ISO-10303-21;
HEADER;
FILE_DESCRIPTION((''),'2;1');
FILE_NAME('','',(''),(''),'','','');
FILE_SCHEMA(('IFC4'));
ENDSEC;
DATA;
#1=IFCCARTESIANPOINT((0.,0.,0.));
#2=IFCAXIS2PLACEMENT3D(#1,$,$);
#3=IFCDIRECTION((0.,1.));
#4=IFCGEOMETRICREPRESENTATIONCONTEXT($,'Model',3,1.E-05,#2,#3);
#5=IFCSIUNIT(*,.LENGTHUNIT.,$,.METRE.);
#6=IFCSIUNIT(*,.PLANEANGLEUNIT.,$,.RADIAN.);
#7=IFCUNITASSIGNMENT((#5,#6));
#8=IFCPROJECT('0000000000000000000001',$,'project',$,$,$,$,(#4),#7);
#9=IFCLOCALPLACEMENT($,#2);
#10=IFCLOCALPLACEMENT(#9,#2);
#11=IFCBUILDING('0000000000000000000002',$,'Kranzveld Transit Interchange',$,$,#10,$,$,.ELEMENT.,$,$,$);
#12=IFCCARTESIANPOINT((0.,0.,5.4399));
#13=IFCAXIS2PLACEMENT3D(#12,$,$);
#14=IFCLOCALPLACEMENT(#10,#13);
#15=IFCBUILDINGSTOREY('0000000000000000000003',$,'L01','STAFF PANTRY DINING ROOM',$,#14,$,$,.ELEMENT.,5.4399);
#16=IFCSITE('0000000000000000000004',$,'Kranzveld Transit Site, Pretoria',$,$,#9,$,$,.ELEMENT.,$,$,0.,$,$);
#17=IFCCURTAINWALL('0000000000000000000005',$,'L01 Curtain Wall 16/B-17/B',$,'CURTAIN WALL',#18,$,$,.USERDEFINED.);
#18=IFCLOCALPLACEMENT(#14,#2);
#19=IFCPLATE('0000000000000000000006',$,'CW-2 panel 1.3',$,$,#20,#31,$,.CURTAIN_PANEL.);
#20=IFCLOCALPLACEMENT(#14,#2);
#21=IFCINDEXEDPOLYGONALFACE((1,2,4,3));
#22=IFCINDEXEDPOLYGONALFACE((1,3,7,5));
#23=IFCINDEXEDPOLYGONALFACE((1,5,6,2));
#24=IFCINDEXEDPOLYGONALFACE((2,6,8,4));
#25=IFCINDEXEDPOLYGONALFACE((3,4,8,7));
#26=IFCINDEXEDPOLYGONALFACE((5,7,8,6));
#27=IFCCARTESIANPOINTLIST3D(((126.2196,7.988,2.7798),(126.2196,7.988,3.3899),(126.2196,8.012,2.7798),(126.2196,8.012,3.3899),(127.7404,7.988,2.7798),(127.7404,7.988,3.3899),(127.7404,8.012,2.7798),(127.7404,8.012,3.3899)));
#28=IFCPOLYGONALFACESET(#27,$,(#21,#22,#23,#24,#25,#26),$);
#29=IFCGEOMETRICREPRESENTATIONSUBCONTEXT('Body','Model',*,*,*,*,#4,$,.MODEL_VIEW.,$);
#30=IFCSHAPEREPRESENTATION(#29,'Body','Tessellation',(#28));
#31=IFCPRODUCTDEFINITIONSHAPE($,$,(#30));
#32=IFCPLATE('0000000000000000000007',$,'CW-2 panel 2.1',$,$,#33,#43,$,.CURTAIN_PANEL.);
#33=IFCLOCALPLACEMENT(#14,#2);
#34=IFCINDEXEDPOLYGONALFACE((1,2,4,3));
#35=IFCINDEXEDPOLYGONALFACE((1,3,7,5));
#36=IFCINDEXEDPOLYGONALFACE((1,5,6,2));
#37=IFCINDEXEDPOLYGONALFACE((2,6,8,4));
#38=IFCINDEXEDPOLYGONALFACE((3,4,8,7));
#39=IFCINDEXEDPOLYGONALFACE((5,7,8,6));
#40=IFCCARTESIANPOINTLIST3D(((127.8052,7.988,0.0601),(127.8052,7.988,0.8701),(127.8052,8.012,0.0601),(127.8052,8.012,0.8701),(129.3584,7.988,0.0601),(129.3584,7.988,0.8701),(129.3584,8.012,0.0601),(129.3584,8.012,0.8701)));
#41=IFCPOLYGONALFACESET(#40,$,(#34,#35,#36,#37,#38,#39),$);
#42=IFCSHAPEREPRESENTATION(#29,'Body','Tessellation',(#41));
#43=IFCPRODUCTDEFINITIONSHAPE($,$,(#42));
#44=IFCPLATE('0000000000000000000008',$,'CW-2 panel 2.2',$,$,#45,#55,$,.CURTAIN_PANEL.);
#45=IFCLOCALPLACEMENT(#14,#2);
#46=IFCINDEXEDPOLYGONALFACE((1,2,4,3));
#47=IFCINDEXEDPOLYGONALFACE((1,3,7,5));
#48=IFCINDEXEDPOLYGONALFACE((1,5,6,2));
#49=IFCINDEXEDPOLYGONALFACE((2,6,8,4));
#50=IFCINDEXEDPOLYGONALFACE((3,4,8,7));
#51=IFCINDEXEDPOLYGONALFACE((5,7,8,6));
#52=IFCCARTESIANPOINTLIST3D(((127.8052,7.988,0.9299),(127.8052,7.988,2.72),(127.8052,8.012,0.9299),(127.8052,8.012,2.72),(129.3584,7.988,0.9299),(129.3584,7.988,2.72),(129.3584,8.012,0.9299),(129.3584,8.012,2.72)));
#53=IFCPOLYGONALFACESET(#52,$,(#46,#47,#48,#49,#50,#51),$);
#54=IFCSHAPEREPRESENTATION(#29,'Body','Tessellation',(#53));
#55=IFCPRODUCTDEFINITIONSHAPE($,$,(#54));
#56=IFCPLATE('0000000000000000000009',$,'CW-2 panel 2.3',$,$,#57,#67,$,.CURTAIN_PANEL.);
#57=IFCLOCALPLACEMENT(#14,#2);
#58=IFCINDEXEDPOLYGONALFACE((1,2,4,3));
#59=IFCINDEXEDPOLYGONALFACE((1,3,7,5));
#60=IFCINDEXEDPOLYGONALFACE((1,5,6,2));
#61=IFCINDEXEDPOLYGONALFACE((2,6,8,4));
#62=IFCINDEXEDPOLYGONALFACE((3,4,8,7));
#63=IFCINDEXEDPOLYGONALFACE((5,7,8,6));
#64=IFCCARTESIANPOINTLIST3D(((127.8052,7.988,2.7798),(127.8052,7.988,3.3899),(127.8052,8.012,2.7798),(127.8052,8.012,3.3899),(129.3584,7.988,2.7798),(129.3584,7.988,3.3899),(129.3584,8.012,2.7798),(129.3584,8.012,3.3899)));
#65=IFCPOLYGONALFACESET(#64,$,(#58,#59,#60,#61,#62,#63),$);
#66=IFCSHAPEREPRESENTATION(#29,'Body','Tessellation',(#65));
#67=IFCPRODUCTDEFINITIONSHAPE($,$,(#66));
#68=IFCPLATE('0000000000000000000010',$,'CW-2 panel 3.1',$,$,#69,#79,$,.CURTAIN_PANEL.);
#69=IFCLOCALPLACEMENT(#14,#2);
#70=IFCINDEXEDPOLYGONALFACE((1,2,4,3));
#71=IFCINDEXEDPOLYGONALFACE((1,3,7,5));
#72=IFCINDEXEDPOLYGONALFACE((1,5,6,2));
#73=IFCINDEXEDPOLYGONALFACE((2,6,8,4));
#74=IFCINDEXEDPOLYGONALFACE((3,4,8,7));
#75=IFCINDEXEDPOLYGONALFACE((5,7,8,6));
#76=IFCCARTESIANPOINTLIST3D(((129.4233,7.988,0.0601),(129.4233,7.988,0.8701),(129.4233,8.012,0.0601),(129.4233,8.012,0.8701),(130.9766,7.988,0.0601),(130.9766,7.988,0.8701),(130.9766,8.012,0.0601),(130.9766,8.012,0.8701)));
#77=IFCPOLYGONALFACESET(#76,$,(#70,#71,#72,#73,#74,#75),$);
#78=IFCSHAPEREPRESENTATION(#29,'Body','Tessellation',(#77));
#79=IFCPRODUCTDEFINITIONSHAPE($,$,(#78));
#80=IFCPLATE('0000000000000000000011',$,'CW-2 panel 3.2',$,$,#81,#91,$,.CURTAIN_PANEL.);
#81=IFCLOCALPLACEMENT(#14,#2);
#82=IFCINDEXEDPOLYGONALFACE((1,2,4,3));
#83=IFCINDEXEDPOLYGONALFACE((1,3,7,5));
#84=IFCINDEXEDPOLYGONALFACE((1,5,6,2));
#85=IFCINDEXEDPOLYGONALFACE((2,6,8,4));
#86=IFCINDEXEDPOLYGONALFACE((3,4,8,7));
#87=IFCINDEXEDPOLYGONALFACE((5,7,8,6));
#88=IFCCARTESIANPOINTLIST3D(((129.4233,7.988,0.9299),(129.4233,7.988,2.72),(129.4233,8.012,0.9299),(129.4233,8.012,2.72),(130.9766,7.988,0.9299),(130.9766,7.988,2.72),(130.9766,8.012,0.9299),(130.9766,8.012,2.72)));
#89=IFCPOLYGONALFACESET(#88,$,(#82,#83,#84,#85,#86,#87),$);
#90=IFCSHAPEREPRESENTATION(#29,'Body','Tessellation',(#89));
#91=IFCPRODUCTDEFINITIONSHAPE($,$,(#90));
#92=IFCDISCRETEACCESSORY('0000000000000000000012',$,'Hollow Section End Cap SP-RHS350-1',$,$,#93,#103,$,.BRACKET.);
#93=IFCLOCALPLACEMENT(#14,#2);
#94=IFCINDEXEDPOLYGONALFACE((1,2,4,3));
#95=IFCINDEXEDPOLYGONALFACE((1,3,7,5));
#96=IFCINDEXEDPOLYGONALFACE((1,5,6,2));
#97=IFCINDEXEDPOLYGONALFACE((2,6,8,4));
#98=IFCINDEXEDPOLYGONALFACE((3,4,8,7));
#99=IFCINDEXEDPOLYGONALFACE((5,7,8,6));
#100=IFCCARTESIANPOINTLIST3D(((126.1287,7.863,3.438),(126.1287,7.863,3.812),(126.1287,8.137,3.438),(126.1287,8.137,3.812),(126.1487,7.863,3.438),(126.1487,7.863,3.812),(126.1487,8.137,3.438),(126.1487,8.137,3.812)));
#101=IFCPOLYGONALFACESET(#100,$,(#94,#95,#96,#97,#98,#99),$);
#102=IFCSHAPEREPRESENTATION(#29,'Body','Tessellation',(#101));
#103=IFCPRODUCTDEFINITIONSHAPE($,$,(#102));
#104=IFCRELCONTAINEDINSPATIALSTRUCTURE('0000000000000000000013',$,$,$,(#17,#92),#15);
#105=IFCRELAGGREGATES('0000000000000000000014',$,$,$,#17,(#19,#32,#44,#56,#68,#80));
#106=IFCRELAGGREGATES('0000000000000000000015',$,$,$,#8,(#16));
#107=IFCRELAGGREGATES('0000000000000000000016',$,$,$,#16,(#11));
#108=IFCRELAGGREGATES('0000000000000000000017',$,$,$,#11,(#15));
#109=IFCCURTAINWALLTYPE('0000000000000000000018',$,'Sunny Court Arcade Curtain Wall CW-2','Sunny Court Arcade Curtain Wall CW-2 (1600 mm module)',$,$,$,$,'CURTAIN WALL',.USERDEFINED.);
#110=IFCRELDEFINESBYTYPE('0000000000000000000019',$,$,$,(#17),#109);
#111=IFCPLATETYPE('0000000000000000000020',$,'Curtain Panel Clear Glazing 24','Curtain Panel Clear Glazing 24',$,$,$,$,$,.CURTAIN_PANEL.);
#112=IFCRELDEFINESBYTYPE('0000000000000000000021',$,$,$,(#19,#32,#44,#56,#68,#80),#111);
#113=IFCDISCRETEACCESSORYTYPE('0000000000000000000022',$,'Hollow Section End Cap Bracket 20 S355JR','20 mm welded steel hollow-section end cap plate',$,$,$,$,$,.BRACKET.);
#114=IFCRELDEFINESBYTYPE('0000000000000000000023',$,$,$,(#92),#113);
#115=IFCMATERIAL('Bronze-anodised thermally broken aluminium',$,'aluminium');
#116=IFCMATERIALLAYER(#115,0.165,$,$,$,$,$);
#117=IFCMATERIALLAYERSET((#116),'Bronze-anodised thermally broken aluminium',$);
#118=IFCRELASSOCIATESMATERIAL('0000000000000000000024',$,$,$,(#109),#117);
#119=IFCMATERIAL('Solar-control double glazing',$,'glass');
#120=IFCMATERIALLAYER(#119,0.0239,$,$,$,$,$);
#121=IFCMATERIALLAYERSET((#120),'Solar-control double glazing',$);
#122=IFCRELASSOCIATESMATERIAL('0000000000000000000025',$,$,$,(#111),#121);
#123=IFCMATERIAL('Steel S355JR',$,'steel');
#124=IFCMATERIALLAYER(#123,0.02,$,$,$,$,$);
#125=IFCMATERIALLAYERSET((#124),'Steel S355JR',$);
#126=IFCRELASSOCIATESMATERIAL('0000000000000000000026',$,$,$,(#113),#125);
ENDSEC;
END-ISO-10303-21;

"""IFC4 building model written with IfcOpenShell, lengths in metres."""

from ifc_helpers import new_model, si_unit, direction, frame, origin, origin_2d, place, context, subcontext, project, spatial, rectangle, extrude, material, layer, layer_set, type_object, element, aggregate, save


model = new_model("IFC4")

# Units and contexts
model_context = context("Model", 3, precision=1e-05, world=origin(), true_north=direction((0.0, 1.0)))
body_context = subcontext(model_context, "Body", "Model", "MODEL_VIEW")
ifc_project = project(units=[si_unit("LENGTHUNIT", "METRE"), si_unit("PLANEANGLEUNIT", "RADIAN")], contexts=[model_context])

# Site, building, storey
site_placement = place(None, origin())
site = spatial("IfcSite", under=ifc_project, at=site_placement, Name="Kranzveld Transit Site, Pretoria", CompositionType="ELEMENT", RefElevation=0.0)
building_placement = place(site_placement, origin())
building = spatial("IfcBuilding", under=site, at=building_placement, Name="Kranzveld Transit Interchange", CompositionType="ELEMENT")
storey_placement = place(building_placement, frame((0.0, 0.0, 5.4399)))
storey = spatial("IfcBuildingStorey", under=building, at=storey_placement, Name="L01", Description="STAFF PANTRY DINING ROOM", CompositionType="ELEMENT", Elevation=5.4399)

# Curtain wall
ifc_material_1 = material(Name="Bronze-anodised thermally broken aluminium", Category="aluminium")
ifc_layer_1 = layer(ifc_material_1, 0.165)
ifc_layer_set_1 = layer_set([ifc_layer_1], Name="Bronze-anodised thermally broken aluminium")
curtain_wall_type = type_object("IfcCurtainWallType", Name="Sunny Court Arcade Curtain Wall CW-2", Description="Sunny Court Arcade Curtain Wall CW-2 (1600 mm module)", ElementType="CURTAIN WALL", PredefinedType="USERDEFINED", material=ifc_layer_set_1)
curtain_wall_placement = place(storey_placement, origin())
curtain_wall = element("IfcCurtainWall", 1, at=curtain_wall_placement, inside=storey, type_object=curtain_wall_type, Name="L01 Curtain Wall 16/B-17/B", ObjectType="CURTAIN WALL", PredefinedType="USERDEFINED")

# Plates
ifc_material_2 = material(Name="Solar-control double glazing", Category="glass")
ifc_layer_2 = layer(ifc_material_2, 0.0239)
ifc_layer_set_2 = layer_set([ifc_layer_2], Name="Solar-control double glazing")
plate_type = type_object("IfcPlateType", Name="Curtain Panel Clear Glazing 24", Description="Curtain Panel Clear Glazing 24", PredefinedType="CURTAIN_PANEL", material=ifc_layer_set_2)
plate_1_placement = place(storey_placement, frame((126.98, 8.0, 2.7798), z_axis=(0.0, 0.0, 1.0), x_axis=(1.0, 0.0, 0.0)))
plate_1 = element("IfcPlate", 2, at=plate_1_placement, type_object=plate_type, Name="CW-2 panel 1.3", PredefinedType="CURTAIN_PANEL", context=body_context, shape_type="SweptSolid", body=[
    extrude(rectangle(XDim=1.5208, YDim=0.0239, at=origin_2d()), origin(), (0.0, 0.0, 1.0), 0.6101),
])
plate_2_placement = place(storey_placement, frame((128.5818, 8.0, 0.0601), z_axis=(0.0, 0.0, 1.0), x_axis=(1.0, 0.0, 0.0)))
plate_2 = element("IfcPlate", 3, at=plate_2_placement, type_object=plate_type, Name="CW-2 panel 2.1", PredefinedType="CURTAIN_PANEL", context=body_context, shape_type="SweptSolid", body=[
    extrude(rectangle(XDim=1.5532, YDim=0.0239, at=origin_2d()), origin(), (0.0, 0.0, 1.0), 0.8101),
])
plate_3_placement = place(storey_placement, frame((128.5818, 8.0, 0.9299), z_axis=(0.0, 0.0, 1.0), x_axis=(1.0, 0.0, 0.0)))
plate_3 = element("IfcPlate", 4, at=plate_3_placement, type_object=plate_type, Name="CW-2 panel 2.2", PredefinedType="CURTAIN_PANEL", context=body_context, shape_type="SweptSolid", body=[
    extrude(rectangle(XDim=1.5532, YDim=0.0239, at=origin_2d()), origin(), (0.0, 0.0, 1.0), 1.79),
])
plate_4_placement = place(storey_placement, frame((128.5818, 8.0, 2.7798), z_axis=(0.0, 0.0, 1.0), x_axis=(1.0, 0.0, 0.0)))
plate_4 = element("IfcPlate", 5, at=plate_4_placement, type_object=plate_type, Name="CW-2 panel 2.3", PredefinedType="CURTAIN_PANEL", context=body_context, shape_type="SweptSolid", body=[
    extrude(rectangle(XDim=1.5532, YDim=0.0239, at=origin_2d()), origin(), (0.0, 0.0, 1.0), 0.6101),
])
plate_5_placement = place(storey_placement, frame((130.2, 8.0, 0.0601), z_axis=(0.0, 0.0, 1.0), x_axis=(1.0, 0.0, 0.0)))
plate_5 = element("IfcPlate", 6, at=plate_5_placement, type_object=plate_type, Name="CW-2 panel 3.1", PredefinedType="CURTAIN_PANEL", context=body_context, shape_type="SweptSolid", body=[
    extrude(rectangle(XDim=1.5532, YDim=0.0239, at=origin_2d()), origin(), (0.0, 0.0, 1.0), 0.8101),
])
plate_6_placement = place(storey_placement, frame((130.2, 8.0, 0.9299), z_axis=(0.0, 0.0, 1.0), x_axis=(1.0, 0.0, 0.0)))
plate_6 = element("IfcPlate", 7, at=plate_6_placement, type_object=plate_type, Name="CW-2 panel 3.2", PredefinedType="CURTAIN_PANEL", context=body_context, shape_type="SweptSolid", body=[
    extrude(rectangle(XDim=1.5532, YDim=0.0239, at=origin_2d()), origin(), (0.0, 0.0, 1.0), 1.79),
])
aggregate(curtain_wall, [plate_1, plate_2, plate_3, plate_4, plate_5, plate_6])

# Discrete accessory
ifc_material_3 = material(Name="Steel S355JR", Category="steel")
ifc_layer_3 = layer(ifc_material_3, 0.02)
ifc_layer_set_3 = layer_set([ifc_layer_3], Name="Steel S355JR")
discrete_accessory_type = type_object("IfcDiscreteAccessoryType", Name="Hollow Section End Cap Bracket 20 S355JR", Description="20 mm welded steel hollow-section end cap plate", PredefinedType="BRACKET", material=ifc_layer_set_3)
discrete_accessory_placement = place(storey_placement, frame((126.1487, 8.0, 3.625), z_axis=(-1.0, 0.0, 0.0), x_axis=(0.0, -1.0, 0.0)))
element("IfcDiscreteAccessory", 8, at=discrete_accessory_placement, inside=storey, type_object=discrete_accessory_type, Name="Hollow Section End Cap SP-RHS350-1", PredefinedType="BRACKET", context=body_context, shape_type="SweptSolid", body=[
    extrude(rectangle(XDim=0.2739, YDim=0.374, at=origin_2d()), origin(), (0.0, 0.0, 1.0), 0.02),
])

save(model, "model.ifc")
